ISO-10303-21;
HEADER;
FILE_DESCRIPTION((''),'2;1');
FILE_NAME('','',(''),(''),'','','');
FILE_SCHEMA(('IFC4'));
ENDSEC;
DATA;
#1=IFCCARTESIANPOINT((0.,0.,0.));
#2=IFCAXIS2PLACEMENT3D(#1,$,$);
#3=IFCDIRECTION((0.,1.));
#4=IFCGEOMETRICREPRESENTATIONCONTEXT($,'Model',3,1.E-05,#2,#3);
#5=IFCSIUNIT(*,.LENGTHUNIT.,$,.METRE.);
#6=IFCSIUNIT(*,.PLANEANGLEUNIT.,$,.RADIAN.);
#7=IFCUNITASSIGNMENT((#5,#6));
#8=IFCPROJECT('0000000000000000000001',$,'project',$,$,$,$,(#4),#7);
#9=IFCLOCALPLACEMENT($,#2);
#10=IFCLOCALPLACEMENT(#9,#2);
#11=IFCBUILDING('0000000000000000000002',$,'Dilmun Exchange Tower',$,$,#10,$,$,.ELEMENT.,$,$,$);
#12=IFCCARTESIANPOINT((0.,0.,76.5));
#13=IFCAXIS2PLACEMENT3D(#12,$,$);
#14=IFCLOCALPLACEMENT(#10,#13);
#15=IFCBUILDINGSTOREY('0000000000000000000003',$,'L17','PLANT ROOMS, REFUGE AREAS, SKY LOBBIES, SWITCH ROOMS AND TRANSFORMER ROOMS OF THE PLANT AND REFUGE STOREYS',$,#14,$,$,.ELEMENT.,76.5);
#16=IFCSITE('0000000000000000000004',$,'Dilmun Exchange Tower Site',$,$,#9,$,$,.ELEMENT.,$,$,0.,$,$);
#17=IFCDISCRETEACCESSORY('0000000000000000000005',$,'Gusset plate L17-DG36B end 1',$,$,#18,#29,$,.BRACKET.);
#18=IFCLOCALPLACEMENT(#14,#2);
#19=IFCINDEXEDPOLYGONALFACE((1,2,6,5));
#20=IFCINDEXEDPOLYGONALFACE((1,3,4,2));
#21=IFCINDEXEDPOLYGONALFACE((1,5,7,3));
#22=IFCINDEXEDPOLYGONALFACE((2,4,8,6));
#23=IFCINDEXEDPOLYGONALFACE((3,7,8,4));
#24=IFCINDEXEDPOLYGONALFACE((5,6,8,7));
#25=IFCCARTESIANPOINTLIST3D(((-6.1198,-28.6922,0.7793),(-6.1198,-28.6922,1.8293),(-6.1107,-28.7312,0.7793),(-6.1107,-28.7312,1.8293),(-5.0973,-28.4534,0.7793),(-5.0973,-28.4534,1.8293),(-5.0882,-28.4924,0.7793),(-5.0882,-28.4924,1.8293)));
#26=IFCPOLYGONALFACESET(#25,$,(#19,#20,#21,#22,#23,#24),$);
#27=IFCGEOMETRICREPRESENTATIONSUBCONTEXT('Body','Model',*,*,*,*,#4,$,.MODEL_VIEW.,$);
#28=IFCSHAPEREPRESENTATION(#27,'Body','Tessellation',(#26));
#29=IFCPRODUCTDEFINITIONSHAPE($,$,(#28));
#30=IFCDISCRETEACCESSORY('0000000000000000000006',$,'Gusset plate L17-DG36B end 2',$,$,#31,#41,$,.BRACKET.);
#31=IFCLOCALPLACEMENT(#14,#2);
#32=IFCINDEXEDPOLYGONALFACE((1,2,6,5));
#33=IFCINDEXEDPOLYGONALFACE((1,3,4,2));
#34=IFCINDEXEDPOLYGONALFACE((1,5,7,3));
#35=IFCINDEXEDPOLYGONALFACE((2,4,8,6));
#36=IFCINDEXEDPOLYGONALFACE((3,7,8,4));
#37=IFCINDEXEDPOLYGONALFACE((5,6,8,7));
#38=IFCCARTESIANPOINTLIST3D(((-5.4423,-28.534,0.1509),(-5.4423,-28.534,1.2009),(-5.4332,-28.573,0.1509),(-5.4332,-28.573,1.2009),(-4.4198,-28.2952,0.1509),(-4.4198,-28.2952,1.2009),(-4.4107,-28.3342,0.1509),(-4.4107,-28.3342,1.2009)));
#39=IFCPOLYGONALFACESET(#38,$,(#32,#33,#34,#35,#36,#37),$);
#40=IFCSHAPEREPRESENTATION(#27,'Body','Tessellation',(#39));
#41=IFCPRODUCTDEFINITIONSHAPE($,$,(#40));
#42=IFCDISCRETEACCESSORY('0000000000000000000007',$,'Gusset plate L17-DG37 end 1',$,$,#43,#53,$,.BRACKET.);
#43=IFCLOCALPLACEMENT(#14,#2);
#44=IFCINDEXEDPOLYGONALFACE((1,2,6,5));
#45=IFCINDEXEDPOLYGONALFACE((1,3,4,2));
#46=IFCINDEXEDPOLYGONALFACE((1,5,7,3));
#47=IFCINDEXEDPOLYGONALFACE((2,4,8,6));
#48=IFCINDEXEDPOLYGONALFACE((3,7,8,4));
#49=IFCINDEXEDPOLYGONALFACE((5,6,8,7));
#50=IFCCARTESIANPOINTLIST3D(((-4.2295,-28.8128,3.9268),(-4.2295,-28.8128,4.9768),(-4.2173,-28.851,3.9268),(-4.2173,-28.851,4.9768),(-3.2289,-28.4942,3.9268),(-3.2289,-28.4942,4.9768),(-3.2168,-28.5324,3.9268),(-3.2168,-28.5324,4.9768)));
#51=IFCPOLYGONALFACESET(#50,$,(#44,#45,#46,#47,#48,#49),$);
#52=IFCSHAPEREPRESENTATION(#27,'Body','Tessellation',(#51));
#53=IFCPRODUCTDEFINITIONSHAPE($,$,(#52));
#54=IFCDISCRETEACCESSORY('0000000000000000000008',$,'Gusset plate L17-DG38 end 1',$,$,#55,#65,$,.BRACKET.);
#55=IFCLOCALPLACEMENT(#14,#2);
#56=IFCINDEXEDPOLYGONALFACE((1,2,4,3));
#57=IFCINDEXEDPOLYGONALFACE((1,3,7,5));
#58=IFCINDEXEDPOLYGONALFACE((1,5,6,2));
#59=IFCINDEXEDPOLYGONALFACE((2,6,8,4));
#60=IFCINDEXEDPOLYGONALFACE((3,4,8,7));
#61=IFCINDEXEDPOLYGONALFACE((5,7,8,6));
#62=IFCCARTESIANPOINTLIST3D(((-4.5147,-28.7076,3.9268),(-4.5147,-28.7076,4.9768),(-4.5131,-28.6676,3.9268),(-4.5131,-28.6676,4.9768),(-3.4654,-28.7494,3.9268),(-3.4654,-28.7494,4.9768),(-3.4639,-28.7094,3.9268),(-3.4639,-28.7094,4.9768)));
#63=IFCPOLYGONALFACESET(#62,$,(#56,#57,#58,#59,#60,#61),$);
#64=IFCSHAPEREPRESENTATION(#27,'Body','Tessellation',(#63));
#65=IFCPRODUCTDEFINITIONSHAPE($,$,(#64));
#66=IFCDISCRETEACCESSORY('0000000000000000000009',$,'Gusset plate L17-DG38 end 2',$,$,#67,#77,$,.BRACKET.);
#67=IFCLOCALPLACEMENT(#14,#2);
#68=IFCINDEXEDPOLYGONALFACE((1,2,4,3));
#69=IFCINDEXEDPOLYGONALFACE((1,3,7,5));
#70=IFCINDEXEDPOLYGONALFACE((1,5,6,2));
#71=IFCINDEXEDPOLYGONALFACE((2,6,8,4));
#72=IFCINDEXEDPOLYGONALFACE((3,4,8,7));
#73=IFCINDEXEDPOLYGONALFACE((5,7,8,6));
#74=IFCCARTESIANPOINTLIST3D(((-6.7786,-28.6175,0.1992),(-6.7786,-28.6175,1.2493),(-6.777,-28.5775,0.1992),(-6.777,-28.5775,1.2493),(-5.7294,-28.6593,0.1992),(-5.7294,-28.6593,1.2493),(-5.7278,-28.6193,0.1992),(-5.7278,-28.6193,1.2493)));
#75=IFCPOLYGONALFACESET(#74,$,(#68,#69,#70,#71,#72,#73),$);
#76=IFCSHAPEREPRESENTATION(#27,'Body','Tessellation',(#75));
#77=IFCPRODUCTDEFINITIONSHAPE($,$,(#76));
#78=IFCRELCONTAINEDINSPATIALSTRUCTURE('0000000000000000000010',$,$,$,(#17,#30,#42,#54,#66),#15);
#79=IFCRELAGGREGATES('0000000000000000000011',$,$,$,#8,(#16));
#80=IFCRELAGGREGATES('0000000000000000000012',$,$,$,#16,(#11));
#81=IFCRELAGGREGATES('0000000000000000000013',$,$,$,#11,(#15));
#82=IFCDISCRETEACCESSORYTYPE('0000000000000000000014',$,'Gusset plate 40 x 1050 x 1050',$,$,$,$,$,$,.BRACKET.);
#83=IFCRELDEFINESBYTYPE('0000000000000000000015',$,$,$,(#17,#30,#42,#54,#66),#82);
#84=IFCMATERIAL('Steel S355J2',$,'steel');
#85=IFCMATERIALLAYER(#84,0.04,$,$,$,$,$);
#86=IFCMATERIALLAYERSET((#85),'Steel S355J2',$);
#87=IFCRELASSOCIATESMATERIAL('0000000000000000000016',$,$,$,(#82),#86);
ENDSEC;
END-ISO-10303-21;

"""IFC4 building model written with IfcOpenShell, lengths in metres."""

from ifc_helpers import new_model, si_unit, direction, frame, origin, origin_2d, place, context, subcontext, project, spatial, rectangle, extrude, material, layer, layer_set, type_object, element, save


model = new_model("IFC4")

# Units and contexts
model_context = context("Model", 3, precision=1e-05, world=origin(), true_north=direction((0.0, 1.0)))
body_context = subcontext(model_context, "Body", "Model", "MODEL_VIEW")
ifc_project = project(units=[si_unit("LENGTHUNIT", "METRE"), si_unit("PLANEANGLEUNIT", "RADIAN")], contexts=[model_context])

# Site, building, storey
site_placement = place(None, origin())
site = spatial("IfcSite", under=ifc_project, at=site_placement, Name="Dilmun Exchange Tower Site", CompositionType="ELEMENT", RefElevation=0.0)
building_placement = place(site_placement, origin())
building = spatial("IfcBuilding", under=site, at=building_placement, Name="Dilmun Exchange Tower", CompositionType="ELEMENT")
storey_placement = place(building_placement, frame((0.0, 0.0, 76.5)))
storey = spatial("IfcBuildingStorey", under=building, at=storey_placement, Name="L17", Description="PLANT ROOMS, REFUGE AREAS, SKY LOBBIES, SWITCH ROOMS AND TRANSFORMER ROOMS OF THE PLANT AND REFUGE STOREYS", CompositionType="ELEMENT", Elevation=76.5)

# Discrete accessories
ifc_material_1 = material(Name="Steel S355J2", Category="steel")
ifc_layer_1 = layer(ifc_material_1, 0.04)
ifc_layer_set_1 = layer_set([ifc_layer_1], Name="Steel S355J2")
discrete_accessory_type = type_object("IfcDiscreteAccessoryType", Name="Gusset plate 40 x 1050 x 1050", PredefinedType="BRACKET", material=ifc_layer_set_1)
for number, where, z_axis, x_axis, name in (
    (1, (-5.604, -28.5923, 0.7793), (0.0, 0.0, 1.0), (0.973792, 0.227442, 0.0), "Gusset plate L17-DG36B end 1"),
    (2, (-4.9265, -28.4341, 0.1509), (0.0, 0.0, 1.0), (0.973792, 0.227442, 0.0), "Gusset plate L17-DG36B end 2"),
    (3, (-3.7231, -28.6726, 3.9268), (0.0, 0.0, 1.0), (0.952856, 0.303423, 0.0), "Gusset plate L17-DG37 end 1"),
    (4, (-3.9893, -28.7085, 3.9268), (0.0, 0.0, 1.0), (-0.999206, 0.03983, 0.0), "Gusset plate L17-DG38 end 1"),
    (5, (-6.2532, -28.6184, 0.1992), (0.0, 0.0, 1.0), (-0.999206, 0.03983, 0.0), "Gusset plate L17-DG38 end 2"),
):
    element("IfcDiscreteAccessory", number, at=place(storey_placement, frame(where, z_axis=z_axis, x_axis=x_axis)), inside=storey, type_object=discrete_accessory_type, Name=name, PredefinedType="BRACKET", context=body_context, shape_type="SweptSolid", body=[
        extrude(rectangle(XDim=1.05, YDim=0.04, at=origin_2d()), origin(), (0.0, 0.0, 1.0), 1.05),
    ])

save(model, "model.ifc")
